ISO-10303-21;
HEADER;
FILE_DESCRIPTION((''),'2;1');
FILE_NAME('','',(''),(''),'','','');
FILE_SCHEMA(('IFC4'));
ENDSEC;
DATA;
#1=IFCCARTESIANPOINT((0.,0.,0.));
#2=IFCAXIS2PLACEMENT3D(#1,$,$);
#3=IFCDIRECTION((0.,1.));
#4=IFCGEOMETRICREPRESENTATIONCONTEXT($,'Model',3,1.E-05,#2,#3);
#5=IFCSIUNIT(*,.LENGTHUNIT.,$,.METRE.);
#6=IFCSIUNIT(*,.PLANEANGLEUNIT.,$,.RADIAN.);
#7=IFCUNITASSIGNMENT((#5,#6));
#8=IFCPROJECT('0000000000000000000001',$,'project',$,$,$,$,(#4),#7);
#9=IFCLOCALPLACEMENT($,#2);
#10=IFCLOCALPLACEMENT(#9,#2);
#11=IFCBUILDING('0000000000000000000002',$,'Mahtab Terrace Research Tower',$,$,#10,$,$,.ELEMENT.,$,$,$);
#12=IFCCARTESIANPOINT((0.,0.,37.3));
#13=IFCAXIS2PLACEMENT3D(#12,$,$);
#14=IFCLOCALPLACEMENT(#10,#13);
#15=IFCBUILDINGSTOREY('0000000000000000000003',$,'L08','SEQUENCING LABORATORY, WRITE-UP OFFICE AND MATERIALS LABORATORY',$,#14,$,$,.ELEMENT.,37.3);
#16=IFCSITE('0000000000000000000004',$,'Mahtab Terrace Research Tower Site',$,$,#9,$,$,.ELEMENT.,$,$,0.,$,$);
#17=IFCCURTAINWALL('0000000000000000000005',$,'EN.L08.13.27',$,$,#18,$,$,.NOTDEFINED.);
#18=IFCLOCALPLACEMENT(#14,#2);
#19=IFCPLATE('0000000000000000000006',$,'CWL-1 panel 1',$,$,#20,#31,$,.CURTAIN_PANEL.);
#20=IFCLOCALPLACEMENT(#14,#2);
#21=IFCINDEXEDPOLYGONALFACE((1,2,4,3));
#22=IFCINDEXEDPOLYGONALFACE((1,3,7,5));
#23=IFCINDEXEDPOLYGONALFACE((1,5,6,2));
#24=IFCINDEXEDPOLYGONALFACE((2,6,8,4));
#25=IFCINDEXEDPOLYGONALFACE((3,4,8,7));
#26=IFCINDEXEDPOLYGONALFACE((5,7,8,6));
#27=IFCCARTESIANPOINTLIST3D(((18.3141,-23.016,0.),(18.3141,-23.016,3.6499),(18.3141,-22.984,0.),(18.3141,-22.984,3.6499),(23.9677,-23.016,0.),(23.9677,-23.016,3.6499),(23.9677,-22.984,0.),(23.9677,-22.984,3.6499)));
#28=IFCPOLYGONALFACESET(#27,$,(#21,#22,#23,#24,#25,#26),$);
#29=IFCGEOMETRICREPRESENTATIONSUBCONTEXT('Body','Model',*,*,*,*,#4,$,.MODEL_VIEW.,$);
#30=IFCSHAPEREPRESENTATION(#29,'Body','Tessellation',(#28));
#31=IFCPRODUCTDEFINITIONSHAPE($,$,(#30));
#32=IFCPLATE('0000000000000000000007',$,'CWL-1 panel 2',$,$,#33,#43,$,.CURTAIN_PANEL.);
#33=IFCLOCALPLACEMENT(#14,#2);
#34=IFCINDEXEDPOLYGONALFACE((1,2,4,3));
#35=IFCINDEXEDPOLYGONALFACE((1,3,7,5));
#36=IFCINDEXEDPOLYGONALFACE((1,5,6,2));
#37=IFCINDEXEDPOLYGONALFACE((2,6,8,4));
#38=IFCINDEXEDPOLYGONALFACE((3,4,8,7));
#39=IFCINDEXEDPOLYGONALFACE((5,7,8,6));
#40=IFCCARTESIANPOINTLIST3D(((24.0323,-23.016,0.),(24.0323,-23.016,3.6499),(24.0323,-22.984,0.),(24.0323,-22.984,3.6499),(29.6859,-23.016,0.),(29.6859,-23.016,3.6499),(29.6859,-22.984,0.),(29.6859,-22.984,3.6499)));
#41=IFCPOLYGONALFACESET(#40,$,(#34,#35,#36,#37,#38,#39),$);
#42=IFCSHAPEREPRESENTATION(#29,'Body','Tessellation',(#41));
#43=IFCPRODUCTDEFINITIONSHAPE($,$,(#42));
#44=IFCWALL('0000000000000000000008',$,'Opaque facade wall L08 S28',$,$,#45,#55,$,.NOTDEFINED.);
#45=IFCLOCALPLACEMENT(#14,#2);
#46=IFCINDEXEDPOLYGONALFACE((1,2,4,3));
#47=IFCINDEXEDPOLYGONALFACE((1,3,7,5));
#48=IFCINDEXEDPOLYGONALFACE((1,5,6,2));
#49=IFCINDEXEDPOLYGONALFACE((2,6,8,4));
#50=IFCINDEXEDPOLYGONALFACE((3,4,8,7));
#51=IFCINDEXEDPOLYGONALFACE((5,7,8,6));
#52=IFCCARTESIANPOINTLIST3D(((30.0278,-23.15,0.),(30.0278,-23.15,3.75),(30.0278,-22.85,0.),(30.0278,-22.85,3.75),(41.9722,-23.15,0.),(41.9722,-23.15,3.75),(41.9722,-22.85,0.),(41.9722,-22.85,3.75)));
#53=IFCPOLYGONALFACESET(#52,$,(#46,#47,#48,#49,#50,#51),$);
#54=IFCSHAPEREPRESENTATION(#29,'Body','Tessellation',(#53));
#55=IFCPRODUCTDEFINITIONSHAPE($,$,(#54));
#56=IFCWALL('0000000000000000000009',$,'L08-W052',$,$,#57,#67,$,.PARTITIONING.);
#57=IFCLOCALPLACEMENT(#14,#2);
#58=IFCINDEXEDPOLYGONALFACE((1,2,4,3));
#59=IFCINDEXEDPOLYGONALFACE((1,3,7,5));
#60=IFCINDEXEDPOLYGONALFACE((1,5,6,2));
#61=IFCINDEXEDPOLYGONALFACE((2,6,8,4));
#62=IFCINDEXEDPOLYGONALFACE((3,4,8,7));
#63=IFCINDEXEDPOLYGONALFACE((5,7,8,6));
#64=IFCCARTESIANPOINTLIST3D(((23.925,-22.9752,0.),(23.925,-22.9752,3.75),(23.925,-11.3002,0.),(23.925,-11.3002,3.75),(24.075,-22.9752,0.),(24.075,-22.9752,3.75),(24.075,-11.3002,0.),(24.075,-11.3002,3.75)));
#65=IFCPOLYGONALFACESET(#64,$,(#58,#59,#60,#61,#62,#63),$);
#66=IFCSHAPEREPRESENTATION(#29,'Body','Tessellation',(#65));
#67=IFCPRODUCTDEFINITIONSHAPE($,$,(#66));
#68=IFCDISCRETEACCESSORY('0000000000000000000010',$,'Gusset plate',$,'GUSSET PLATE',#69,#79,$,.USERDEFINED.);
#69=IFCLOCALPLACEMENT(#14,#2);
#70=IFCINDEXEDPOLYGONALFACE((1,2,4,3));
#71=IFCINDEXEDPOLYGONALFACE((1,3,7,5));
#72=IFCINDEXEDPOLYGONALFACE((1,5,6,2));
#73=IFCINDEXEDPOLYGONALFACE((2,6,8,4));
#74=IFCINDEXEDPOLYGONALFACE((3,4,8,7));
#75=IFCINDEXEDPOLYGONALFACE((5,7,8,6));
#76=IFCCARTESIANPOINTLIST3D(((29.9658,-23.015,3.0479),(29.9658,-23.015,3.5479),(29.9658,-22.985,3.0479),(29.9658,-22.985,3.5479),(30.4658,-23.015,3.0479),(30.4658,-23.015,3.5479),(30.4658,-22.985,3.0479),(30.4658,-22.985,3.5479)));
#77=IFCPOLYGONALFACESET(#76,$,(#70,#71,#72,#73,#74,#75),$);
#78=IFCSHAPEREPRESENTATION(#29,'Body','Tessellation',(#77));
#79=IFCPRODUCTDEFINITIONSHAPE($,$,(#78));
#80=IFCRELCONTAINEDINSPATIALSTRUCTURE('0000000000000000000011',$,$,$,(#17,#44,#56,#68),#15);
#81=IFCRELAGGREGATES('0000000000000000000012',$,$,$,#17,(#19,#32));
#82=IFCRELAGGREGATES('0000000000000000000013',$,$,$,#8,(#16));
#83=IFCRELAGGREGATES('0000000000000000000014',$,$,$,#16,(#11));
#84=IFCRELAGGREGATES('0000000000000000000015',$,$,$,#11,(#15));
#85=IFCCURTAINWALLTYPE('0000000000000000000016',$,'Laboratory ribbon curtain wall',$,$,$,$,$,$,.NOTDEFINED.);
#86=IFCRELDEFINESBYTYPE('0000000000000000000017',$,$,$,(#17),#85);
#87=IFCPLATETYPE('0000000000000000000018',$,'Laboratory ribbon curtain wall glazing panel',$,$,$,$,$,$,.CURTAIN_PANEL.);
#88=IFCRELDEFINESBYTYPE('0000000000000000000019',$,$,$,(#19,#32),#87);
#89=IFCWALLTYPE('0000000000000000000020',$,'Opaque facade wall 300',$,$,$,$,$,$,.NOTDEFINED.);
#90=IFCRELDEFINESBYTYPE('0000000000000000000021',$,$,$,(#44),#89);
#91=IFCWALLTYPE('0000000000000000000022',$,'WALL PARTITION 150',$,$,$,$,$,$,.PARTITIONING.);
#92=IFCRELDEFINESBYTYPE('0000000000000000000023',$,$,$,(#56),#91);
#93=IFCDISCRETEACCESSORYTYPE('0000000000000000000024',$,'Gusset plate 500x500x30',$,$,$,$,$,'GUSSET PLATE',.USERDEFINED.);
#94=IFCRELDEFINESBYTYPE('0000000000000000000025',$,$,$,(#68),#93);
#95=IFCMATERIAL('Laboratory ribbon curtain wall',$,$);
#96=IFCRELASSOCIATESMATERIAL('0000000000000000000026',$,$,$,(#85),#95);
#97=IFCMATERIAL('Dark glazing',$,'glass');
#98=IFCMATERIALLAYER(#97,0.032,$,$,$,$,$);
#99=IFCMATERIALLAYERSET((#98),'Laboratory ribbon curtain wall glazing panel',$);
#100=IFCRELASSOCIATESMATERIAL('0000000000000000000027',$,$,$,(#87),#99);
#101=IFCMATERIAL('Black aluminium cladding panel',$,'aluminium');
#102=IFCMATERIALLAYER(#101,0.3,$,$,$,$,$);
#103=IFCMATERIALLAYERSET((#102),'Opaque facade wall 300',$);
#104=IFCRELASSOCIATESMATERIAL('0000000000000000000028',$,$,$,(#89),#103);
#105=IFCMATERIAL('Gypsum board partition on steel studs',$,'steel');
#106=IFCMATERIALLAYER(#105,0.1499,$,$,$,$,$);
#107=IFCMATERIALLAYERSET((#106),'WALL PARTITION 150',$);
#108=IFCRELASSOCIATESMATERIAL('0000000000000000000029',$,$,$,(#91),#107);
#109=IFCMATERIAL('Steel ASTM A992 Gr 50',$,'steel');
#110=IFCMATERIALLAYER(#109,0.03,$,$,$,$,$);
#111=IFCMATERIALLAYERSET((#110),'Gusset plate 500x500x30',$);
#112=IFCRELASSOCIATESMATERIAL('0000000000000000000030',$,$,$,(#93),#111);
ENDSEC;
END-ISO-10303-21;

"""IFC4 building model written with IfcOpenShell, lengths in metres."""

from ifc_helpers import new_model, si_unit, direction, frame, frame_2d, origin, origin_2d, place, context, subcontext, project, spatial, rectangle, extrude, material, layer, layer_set, type_object, element, aggregate, save


model = new_model("IFC4")

# Units and contexts
model_context = context("Model", 3, precision=1e-05, world=origin(), true_north=direction((0.0, 1.0)))
body_context = subcontext(model_context, "Body", "Model", "MODEL_VIEW")
ifc_project = project(units=[si_unit("LENGTHUNIT", "METRE"), si_unit("PLANEANGLEUNIT", "RADIAN")], contexts=[model_context])

# Site, building, storey
site_placement = place(None, origin())
site = spatial("IfcSite", under=ifc_project, at=site_placement, Name="Mahtab Terrace Research Tower Site", CompositionType="ELEMENT", RefElevation=0.0)
building_placement = place(site_placement, origin())
building = spatial("IfcBuilding", under=site, at=building_placement, Name="Mahtab Terrace Research Tower", CompositionType="ELEMENT")
storey_placement = place(building_placement, frame((0.0, 0.0, 37.3)))
storey = spatial("IfcBuildingStorey", under=building, at=storey_placement, Name="L08", Description="SEQUENCING LABORATORY, WRITE-UP OFFICE AND MATERIALS LABORATORY", CompositionType="ELEMENT", Elevation=37.3)

# Shared definitions
ifc_material_1 = material(Name="Steel ASTM A992 Gr 50", Category="steel")

# Curtain wall
ifc_material_2 = material(Name="Laboratory ribbon curtain wall")
curtain_wall_type = type_object("IfcCurtainWallType", Name="Laboratory ribbon curtain wall", PredefinedType="NOTDEFINED", material=ifc_material_2)
curtain_wall_placement = place(storey_placement, origin())
curtain_wall = element("IfcCurtainWall", 1, at=curtain_wall_placement, inside=storey, type_object=curtain_wall_type, Name="EN.L08.13.27", PredefinedType="NOTDEFINED")

# Plates
ifc_material_3 = material(Name="Dark glazing", Category="glass")
ifc_layer_1 = layer(ifc_material_3, 0.032)
ifc_layer_set_1 = layer_set([ifc_layer_1], Name="Laboratory ribbon curtain wall glazing panel")
plate_type = type_object("IfcPlateType", Name="Laboratory ribbon curtain wall glazing panel", PredefinedType="CURTAIN_PANEL", material=ifc_layer_set_1)
plate_1_placement = place(storey_placement, frame((21.1409, -23.0, 0.0), z_axis=(0.0, 0.0, 1.0), x_axis=(1.0, 0.0, 0.0)))
plate_1 = element("IfcPlate", 2, at=plate_1_placement, type_object=plate_type, Name="CWL-1 panel 1", PredefinedType="CURTAIN_PANEL", context=body_context, shape_type="SweptSolid", body=[
    extrude(rectangle(XDim=5.6536, YDim=0.032, at=origin_2d()), origin(), (0.0, 0.0, 1.0), 3.6499),
])
plate_2_placement = place(storey_placement, frame((26.8591, -23.0, 0.0), z_axis=(0.0, 0.0, 1.0), x_axis=(1.0, 0.0, 0.0)))
plate_2 = element("IfcPlate", 3, at=plate_2_placement, type_object=plate_type, Name="CWL-1 panel 2", PredefinedType="CURTAIN_PANEL", context=body_context, shape_type="SweptSolid", body=[
    extrude(rectangle(XDim=5.6536, YDim=0.032, at=origin_2d()), origin(), (0.0, 0.0, 1.0), 3.6499),
])
aggregate(curtain_wall, [plate_1, plate_2])

# Walls
ifc_material_4 = material(Name="Black aluminium cladding panel", Category="aluminium")
ifc_layer_2 = layer(ifc_material_4, 0.3)
ifc_layer_set_2 = layer_set([ifc_layer_2], Name="Opaque facade wall 300")
wall_type_1 = type_object("IfcWallType", Name="Opaque facade wall 300", PredefinedType="NOTDEFINED", material=ifc_layer_set_2)
wall_1_placement = place(storey_placement, frame((30.0278, -23.0, 0.0), z_axis=(0.0, 0.0, 1.0), x_axis=(1.0, 0.0, 0.0)))
element("IfcWall", 4, at=wall_1_placement, inside=storey, type_object=wall_type_1, Name="Opaque facade wall L08 S28", PredefinedType="NOTDEFINED", context=body_context, shape_type="SweptSolid", body=[
    extrude(rectangle(XDim=11.9443, YDim=0.3, at=frame_2d((5.9722, 0.0))), origin(), (0.0, 0.0, 1.0), 3.75),
])
ifc_material_5 = material(Name="Gypsum board partition on steel studs", Category="steel")
ifc_layer_3 = layer(ifc_material_5, 0.1499)
ifc_layer_set_3 = layer_set([ifc_layer_3], Name="WALL PARTITION 150")
wall_type_2 = type_object("IfcWallType", Name="WALL PARTITION 150", PredefinedType="PARTITIONING", material=ifc_layer_set_3)
wall_2_placement = place(storey_placement, frame((24.0, -22.9751, 0.0), z_axis=(0.0, 0.0, 1.0), x_axis=(0.0, 1.0, 0.0)))
element("IfcWall", 5, at=wall_2_placement, inside=storey, type_object=wall_type_2, Name="L08-W052", PredefinedType="PARTITIONING", context=body_context, shape_type="SweptSolid", body=[
    extrude(rectangle(XDim=11.675, YDim=0.1499, at=frame_2d((5.8374, 0.0))), origin(), (0.0, 0.0, 1.0), 3.75),
])

# Discrete accessory
ifc_layer_4 = layer(ifc_material_1, 0.03)
ifc_layer_set_4 = layer_set([ifc_layer_4], Name="Gusset plate 500x500x30")
discrete_accessory_type = type_object("IfcDiscreteAccessoryType", Name="Gusset plate 500x500x30", ElementType="GUSSET PLATE", PredefinedType="USERDEFINED", material=ifc_layer_set_4)
discrete_accessory_placement = place(storey_placement, frame((30.2158, -23.0, 3.0479), z_axis=(0.0, 0.0, 1.0), x_axis=(1.0, 0.0, 0.0)))
element("IfcDiscreteAccessory", 6, at=discrete_accessory_placement, inside=storey, type_object=discrete_accessory_type, Name="Gusset plate", ObjectType="GUSSET PLATE", PredefinedType="USERDEFINED", context=body_context, shape_type="SweptSolid", body=[
    extrude(rectangle(XDim=0.5, YDim=0.03, at=origin_2d()), origin(), (0.0, 0.0, 1.0), 0.5),
])

save(model, "model.ifc")
